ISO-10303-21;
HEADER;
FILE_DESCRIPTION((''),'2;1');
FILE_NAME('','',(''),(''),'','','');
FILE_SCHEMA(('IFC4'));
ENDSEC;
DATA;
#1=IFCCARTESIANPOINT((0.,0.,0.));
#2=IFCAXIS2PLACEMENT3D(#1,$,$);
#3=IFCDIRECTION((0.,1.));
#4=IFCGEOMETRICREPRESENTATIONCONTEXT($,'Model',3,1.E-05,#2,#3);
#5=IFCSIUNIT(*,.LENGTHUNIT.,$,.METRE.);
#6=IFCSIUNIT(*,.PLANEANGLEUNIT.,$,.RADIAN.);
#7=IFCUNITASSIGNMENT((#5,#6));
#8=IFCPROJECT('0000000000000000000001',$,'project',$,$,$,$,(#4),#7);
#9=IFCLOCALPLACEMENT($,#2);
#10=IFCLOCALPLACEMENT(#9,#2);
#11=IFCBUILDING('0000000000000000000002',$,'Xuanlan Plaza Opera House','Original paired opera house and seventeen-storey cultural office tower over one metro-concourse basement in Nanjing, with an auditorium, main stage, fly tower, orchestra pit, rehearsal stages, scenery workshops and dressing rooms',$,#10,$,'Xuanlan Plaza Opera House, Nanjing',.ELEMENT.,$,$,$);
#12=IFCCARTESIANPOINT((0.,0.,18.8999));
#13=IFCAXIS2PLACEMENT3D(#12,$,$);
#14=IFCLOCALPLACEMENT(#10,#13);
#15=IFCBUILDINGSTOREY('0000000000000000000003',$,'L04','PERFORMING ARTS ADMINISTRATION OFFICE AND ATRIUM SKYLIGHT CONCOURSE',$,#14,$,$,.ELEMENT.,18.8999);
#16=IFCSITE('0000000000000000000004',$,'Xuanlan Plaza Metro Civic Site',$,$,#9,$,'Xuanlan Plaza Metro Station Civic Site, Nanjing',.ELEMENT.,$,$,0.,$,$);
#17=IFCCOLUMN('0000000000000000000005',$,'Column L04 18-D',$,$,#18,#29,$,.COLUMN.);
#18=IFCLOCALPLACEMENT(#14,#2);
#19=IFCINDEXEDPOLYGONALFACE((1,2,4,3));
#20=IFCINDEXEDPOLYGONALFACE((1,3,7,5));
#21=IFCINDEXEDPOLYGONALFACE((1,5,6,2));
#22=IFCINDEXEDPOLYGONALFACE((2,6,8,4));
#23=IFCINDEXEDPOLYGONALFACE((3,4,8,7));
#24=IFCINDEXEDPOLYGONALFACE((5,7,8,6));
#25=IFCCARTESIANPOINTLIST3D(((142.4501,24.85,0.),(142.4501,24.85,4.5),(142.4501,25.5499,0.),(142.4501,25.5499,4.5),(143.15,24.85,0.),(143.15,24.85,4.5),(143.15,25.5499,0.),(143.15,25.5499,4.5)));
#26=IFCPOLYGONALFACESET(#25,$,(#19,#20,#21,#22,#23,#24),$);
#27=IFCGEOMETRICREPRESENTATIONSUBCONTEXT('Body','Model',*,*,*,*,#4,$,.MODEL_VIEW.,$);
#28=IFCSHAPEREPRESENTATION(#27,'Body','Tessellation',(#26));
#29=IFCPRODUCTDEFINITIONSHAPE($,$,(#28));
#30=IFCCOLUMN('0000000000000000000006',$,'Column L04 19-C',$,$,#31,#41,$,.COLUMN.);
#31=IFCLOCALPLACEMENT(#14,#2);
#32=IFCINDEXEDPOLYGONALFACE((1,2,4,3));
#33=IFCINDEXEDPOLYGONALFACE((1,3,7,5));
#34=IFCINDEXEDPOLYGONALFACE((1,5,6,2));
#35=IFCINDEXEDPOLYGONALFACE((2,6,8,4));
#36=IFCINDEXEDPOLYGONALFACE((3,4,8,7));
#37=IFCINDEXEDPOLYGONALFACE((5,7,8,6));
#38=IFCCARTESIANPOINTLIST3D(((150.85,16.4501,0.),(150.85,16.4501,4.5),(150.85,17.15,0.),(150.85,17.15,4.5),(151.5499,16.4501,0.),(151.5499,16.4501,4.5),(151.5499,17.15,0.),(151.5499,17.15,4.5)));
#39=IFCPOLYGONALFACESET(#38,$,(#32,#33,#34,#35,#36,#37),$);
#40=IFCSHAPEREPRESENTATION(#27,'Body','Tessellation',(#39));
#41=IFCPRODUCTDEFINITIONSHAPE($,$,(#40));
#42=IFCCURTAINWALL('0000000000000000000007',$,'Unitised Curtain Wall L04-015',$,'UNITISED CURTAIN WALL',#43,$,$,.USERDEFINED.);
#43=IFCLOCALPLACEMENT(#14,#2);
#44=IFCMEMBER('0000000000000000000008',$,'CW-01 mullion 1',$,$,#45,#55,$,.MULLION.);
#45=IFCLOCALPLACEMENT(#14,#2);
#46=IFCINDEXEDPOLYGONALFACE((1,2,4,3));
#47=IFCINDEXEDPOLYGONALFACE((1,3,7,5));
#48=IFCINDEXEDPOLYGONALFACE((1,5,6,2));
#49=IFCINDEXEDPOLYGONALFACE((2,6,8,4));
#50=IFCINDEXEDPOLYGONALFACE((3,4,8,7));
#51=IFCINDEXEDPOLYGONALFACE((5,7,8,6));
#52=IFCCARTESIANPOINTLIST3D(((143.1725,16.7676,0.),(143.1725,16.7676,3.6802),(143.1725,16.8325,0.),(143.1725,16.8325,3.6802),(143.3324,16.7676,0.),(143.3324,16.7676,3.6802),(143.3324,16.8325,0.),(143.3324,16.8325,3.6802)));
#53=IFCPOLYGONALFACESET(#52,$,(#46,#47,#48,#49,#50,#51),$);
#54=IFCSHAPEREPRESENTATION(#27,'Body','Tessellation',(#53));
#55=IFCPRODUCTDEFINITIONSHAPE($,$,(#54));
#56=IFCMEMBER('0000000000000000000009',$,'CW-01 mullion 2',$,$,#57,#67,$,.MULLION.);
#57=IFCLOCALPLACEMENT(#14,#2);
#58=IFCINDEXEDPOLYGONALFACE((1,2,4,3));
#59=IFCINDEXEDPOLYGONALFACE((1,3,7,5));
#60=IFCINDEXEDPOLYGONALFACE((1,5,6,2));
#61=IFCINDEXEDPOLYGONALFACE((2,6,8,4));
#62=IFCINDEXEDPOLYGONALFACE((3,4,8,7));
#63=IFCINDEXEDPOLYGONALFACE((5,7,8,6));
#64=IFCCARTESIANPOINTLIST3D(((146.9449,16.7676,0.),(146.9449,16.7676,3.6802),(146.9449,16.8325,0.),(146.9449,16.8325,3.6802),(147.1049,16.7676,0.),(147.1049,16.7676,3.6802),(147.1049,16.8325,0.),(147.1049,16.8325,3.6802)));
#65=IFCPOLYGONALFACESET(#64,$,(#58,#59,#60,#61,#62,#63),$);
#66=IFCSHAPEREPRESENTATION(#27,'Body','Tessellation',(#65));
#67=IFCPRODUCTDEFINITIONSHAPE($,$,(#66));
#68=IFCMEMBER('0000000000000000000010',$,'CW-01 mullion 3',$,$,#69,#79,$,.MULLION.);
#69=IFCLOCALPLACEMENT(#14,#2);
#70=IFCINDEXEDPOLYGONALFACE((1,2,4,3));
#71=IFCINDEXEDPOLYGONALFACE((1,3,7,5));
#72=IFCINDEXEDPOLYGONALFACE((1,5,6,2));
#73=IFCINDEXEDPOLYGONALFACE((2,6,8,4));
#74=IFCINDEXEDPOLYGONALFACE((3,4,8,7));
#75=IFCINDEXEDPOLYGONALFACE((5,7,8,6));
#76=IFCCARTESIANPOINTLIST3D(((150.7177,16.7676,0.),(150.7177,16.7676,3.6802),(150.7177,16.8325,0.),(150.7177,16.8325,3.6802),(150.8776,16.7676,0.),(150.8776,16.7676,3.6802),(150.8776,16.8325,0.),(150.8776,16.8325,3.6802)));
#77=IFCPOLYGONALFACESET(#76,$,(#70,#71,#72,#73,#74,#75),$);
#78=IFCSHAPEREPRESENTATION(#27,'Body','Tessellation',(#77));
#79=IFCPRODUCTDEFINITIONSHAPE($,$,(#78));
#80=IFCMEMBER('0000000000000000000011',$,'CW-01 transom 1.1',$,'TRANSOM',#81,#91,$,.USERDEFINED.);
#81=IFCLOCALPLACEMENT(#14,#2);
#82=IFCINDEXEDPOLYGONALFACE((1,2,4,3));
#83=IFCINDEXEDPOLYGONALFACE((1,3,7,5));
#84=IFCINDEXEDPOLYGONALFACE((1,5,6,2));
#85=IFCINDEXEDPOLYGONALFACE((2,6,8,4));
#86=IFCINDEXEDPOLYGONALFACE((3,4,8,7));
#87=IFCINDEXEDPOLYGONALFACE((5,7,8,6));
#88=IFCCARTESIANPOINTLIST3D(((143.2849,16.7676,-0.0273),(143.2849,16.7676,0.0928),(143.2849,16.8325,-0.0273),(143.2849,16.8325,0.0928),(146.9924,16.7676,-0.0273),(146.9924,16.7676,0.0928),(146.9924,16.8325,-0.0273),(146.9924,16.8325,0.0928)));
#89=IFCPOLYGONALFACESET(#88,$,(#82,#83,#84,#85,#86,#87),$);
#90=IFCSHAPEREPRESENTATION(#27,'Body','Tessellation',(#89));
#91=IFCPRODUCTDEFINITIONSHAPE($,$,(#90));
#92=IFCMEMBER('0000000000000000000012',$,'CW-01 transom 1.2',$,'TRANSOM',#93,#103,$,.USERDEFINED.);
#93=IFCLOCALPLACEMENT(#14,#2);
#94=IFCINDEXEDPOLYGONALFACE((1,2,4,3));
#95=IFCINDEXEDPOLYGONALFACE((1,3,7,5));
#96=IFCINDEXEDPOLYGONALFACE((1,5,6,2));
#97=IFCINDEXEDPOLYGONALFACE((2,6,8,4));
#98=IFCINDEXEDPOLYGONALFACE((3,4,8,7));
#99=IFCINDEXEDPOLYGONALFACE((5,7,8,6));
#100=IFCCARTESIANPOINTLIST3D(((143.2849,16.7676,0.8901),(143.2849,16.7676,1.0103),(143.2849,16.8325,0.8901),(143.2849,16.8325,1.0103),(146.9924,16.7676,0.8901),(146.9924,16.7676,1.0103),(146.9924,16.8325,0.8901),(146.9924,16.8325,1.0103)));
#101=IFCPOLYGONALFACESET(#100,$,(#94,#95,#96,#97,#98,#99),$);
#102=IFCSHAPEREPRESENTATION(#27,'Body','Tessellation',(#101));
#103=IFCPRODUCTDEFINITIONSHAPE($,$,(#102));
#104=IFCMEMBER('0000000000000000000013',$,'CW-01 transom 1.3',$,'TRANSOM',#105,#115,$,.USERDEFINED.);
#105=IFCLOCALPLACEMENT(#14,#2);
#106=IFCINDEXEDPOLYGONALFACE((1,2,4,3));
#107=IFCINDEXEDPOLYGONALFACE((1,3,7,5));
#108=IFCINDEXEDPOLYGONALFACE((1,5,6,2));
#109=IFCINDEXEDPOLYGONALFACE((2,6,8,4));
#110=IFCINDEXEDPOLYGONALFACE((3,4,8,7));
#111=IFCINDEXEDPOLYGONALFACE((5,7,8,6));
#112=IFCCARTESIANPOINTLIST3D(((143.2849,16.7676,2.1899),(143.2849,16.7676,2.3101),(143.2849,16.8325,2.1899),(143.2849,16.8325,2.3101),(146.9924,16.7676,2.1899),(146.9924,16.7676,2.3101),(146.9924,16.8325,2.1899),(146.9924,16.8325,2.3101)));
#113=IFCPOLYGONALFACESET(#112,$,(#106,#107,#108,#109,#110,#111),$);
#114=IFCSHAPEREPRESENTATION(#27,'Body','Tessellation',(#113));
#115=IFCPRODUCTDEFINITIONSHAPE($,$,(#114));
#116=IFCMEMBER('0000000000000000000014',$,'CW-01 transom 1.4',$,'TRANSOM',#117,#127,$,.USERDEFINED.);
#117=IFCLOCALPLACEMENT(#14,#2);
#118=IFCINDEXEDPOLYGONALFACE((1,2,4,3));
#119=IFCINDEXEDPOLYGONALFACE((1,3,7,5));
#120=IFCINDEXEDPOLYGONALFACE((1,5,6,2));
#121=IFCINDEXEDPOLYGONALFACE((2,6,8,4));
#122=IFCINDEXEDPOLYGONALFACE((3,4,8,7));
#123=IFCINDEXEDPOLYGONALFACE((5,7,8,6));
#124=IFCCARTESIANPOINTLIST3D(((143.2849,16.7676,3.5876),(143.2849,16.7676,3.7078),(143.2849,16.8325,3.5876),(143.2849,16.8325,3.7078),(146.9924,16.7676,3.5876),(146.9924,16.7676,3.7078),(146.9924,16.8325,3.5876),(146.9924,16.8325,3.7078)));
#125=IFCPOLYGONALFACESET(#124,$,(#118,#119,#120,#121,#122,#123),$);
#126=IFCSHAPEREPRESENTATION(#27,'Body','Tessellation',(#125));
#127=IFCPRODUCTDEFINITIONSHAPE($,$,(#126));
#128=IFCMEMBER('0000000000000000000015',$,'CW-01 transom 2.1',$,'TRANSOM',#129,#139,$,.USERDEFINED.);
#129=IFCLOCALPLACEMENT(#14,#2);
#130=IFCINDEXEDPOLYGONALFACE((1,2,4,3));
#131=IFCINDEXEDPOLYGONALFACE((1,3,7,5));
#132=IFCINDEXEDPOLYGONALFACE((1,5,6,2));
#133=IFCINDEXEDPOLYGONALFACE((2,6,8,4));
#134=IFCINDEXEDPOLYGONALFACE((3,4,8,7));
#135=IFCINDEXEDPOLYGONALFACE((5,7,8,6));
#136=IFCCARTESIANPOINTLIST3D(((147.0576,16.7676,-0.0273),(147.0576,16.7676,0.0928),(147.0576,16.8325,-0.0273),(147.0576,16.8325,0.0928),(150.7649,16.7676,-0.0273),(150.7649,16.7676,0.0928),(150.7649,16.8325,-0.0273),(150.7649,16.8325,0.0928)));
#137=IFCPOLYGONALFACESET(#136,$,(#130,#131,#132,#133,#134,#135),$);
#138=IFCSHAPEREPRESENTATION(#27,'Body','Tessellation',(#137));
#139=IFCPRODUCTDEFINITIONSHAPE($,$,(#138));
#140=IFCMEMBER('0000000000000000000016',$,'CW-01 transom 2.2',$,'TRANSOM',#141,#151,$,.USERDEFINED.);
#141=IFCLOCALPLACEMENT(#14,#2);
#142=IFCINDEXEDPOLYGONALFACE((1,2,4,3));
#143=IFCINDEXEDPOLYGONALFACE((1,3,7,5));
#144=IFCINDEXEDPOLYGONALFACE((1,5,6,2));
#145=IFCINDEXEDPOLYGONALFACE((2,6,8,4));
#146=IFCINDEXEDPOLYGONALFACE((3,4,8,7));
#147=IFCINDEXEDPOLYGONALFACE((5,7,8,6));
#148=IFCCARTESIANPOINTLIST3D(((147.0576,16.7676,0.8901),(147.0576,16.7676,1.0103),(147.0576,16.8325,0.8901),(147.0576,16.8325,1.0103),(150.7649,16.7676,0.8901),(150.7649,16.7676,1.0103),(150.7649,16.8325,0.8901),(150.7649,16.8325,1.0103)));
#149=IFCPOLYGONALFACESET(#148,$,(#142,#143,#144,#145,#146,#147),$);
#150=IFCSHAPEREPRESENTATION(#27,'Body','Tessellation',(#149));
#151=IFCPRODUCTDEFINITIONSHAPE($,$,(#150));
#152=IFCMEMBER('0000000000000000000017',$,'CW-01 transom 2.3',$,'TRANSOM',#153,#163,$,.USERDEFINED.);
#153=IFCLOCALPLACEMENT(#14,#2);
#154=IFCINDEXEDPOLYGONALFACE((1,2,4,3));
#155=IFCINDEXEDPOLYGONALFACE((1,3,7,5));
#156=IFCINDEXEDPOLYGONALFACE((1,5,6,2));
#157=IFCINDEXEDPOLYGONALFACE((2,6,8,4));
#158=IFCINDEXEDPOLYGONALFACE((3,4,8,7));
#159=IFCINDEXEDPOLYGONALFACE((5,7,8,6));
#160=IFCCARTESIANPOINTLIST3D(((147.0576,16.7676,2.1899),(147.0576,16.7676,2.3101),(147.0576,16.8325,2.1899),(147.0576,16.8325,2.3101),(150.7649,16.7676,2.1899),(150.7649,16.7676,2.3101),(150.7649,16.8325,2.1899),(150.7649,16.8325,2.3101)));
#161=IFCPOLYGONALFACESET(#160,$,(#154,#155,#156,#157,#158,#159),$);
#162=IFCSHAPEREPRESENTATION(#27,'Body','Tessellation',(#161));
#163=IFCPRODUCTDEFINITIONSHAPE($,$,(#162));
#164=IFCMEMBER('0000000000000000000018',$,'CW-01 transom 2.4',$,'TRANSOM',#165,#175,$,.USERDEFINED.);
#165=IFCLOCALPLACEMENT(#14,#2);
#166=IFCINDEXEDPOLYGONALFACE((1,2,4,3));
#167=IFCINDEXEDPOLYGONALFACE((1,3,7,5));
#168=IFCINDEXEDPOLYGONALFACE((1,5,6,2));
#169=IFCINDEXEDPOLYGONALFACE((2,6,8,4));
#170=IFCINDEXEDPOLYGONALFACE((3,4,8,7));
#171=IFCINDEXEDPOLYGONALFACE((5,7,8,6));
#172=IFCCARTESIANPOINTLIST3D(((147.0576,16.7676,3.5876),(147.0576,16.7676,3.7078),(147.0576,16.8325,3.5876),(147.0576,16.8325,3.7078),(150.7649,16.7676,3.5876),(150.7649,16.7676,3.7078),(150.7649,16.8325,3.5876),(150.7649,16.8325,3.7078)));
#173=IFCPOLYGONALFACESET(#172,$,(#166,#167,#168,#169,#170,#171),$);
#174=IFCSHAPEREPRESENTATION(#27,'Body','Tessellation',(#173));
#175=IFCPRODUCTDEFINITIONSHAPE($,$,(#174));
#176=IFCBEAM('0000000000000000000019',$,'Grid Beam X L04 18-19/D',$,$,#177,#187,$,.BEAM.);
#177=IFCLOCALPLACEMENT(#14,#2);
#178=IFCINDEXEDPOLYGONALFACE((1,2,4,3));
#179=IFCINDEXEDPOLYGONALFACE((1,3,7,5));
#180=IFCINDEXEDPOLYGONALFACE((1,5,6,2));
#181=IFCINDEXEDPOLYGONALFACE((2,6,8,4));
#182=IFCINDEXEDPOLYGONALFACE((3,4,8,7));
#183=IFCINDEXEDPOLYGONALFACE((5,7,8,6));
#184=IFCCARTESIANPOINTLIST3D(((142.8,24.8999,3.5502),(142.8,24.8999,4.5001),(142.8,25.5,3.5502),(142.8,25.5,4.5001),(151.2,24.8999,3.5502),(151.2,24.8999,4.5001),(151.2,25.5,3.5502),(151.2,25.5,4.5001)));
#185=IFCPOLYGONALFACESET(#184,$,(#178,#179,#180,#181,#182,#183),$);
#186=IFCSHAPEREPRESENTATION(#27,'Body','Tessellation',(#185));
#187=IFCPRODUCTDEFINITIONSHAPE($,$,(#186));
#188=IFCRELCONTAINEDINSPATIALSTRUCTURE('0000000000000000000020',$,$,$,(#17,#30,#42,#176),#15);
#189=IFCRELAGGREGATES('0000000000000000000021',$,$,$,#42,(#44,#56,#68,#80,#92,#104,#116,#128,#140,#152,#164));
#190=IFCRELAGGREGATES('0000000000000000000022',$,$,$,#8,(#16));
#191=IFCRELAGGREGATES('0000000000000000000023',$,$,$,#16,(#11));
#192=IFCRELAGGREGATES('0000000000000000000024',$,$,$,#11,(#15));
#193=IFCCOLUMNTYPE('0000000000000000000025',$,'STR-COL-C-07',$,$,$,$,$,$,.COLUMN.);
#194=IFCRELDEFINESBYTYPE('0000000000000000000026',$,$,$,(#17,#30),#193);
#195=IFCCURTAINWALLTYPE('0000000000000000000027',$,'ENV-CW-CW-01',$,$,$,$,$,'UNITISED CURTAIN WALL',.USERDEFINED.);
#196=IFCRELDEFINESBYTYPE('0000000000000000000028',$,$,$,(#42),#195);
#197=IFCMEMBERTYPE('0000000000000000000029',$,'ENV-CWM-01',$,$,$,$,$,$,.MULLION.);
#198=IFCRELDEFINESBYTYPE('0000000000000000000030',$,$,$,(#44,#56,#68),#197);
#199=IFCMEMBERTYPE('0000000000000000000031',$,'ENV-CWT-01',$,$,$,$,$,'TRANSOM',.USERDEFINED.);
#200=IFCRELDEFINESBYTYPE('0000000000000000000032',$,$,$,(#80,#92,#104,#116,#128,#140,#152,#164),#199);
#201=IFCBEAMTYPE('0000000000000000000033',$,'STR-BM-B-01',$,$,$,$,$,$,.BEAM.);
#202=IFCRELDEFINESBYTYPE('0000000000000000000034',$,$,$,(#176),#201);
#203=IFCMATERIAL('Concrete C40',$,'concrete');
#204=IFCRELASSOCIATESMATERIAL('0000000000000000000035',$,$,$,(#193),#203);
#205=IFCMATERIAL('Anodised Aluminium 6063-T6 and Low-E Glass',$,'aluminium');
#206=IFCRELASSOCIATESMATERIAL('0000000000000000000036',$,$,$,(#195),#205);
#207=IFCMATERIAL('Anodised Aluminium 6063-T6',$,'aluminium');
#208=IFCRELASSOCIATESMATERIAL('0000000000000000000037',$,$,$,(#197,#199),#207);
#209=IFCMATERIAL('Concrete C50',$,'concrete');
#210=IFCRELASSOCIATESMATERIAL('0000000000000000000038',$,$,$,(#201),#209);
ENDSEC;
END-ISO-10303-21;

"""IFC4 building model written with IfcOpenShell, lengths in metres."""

from ifc_helpers import new_model, si_unit, direction, frame, origin, origin_2d, place, context, subcontext, project, spatial, rectangle, extrude, material, material_profile, profile_set, type_object, element, aggregate, save


model = new_model("IFC4")

# Units and contexts
model_context = context("Model", 3, precision=1e-05, world=origin(), true_north=direction((0.0, 1.0)))
body_context = subcontext(model_context, "Body", "Model", "MODEL_VIEW")
ifc_project = project(units=[si_unit("LENGTHUNIT", "METRE"), si_unit("PLANEANGLEUNIT", "RADIAN")], contexts=[model_context])

# Site, building, storey
site_placement = place(None, origin())
site = spatial("IfcSite", under=ifc_project, at=site_placement, Name="Xuanlan Plaza Metro Civic Site", LongName="Xuanlan Plaza Metro Station Civic Site, Nanjing", CompositionType="ELEMENT", RefElevation=0.0)
building_placement = place(site_placement, origin())
building = spatial("IfcBuilding", under=site, at=building_placement, Name="Xuanlan Plaza Opera House", Description="Original paired opera house and seventeen-storey cultural office tower over one metro-concourse basement in Nanjing, with an auditorium, main stage, fly tower, orchestra pit, rehearsal stages, scenery workshops and dressing rooms", LongName="Xuanlan Plaza Opera House, Nanjing", CompositionType="ELEMENT")
storey_placement = place(building_placement, frame((0.0, 0.0, 18.8999)))
storey = spatial("IfcBuildingStorey", under=building, at=storey_placement, Name="L04", Description="PERFORMING ARTS ADMINISTRATION OFFICE AND ATRIUM SKYLIGHT CONCOURSE", CompositionType="ELEMENT", Elevation=18.8999)

# Columns
ifc_material_1 = material(Name="Concrete C40", Category="concrete")
ifc_material_profile_1 = material_profile(ifc_material_1, rectangle(XDim=0.7, YDim=0.7, at=origin_2d()), Name="RC-COL 700x700")
ifc_profile_set_1 = profile_set([ifc_material_profile_1], Name="Concrete C40")
column_type = type_object("IfcColumnType", Name="STR-COL-C-07", PredefinedType="COLUMN", material=ifc_profile_set_1)
for number, where, z_axis, x_axis, name in (
    (1, (142.8, 25.2, 0.0), (0.0, 0.0, 1.0), (1.0, 0.0, 0.0), "Column L04 18-D"),
    (2, (151.2, 16.8, 0.0), (0.0, 0.0, 1.0), (1.0, 0.0, 0.0), "Column L04 19-C"),
):
    element("IfcColumn", number, at=place(storey_placement, frame(where, z_axis=z_axis, x_axis=x_axis)), inside=storey, type_object=column_type, Name=name, PredefinedType="COLUMN", context=body_context, shape_type="SweptSolid", body=[
        extrude(rectangle(XDim=0.7, YDim=0.7, at=origin_2d()), origin(), (0.0, 0.0, 1.0), 4.5),
    ])

# Curtain wall, members
ifc_material_2 = material(Name="Anodised Aluminium 6063-T6 and Low-E Glass", Category="aluminium")
curtain_wall_type = type_object("IfcCurtainWallType", Name="ENV-CW-CW-01", ElementType="UNITISED CURTAIN WALL", PredefinedType="USERDEFINED", material=ifc_material_2)
curtain_wall_placement = place(storey_placement, origin())
curtain_wall = element("IfcCurtainWall", 3, at=curtain_wall_placement, inside=storey, type_object=curtain_wall_type, Name="Unitised Curtain Wall L04-015", ObjectType="UNITISED CURTAIN WALL", PredefinedType="USERDEFINED")
ifc_material_3 = material(Name="Anodised Aluminium 6063-T6", Category="aluminium")
ifc_material_profile_2 = material_profile(ifc_material_3, rectangle(XDim=0.0649, YDim=0.1599, at=origin_2d()), Name="ALU-M 65x160")
ifc_profile_set_2 = profile_set([ifc_material_profile_2], Name="Anodised Aluminium 6063-T6")
member_type_1 = type_object("IfcMemberType", Name="ENV-CWM-01", PredefinedType="MULLION", material=ifc_profile_set_2)
member_1_placement = place(storey_placement, frame((143.2524, 16.8, 0.0), z_axis=(0.0, 0.0, 1.0), x_axis=(0.0, 1.0, 0.0)))
member_1 = element("IfcMember", 4, at=member_1_placement, type_object=member_type_1, Name="CW-01 mullion 1", PredefinedType="MULLION", context=body_context, shape_type="SweptSolid", body=[
    extrude(rectangle(XDim=0.0649, YDim=0.1599, at=origin_2d()), origin(), (0.0, 0.0, 1.0), 3.6802),
])
member_2_placement = place(storey_placement, frame((147.0249, 16.8, 0.0), z_axis=(0.0, 0.0, 1.0), x_axis=(0.0, 1.0, 0.0)))
member_2 = element("IfcMember", 5, at=member_2_placement, type_object=member_type_1, Name="CW-01 mullion 2", PredefinedType="MULLION", context=body_context, shape_type="SweptSolid", body=[
    extrude(rectangle(XDim=0.0649, YDim=0.1599, at=origin_2d()), origin(), (0.0, 0.0, 1.0), 3.6802),
])
member_3_placement = place(storey_placement, frame((150.7976, 16.8, 0.0), z_axis=(0.0, 0.0, 1.0), x_axis=(0.0, 1.0, 0.0)))
member_3 = element("IfcMember", 6, at=member_3_placement, type_object=member_type_1, Name="CW-01 mullion 3", PredefinedType="MULLION", context=body_context, shape_type="SweptSolid", body=[
    extrude(rectangle(XDim=0.0649, YDim=0.1599, at=origin_2d()), origin(), (0.0, 0.0, 1.0), 3.6802),
])
ifc_material_profile_3 = material_profile(ifc_material_3, rectangle(XDim=0.0649, YDim=0.1201, at=origin_2d()), Name="ALU-T 65x120")
ifc_profile_set_3 = profile_set([ifc_material_profile_3], Name="Anodised Aluminium 6063-T6")
member_type_2 = type_object("IfcMemberType", Name="ENV-CWT-01", ElementType="TRANSOM", PredefinedType="USERDEFINED", material=ifc_profile_set_3)
member_4_placement = place(storey_placement, frame((143.2849, 16.8, 0.0327), z_axis=(1.0, 0.0, 0.0), x_axis=(0.0, 1.0, 0.0)))
member_4 = element("IfcMember", 7, at=member_4_placement, type_object=member_type_2, Name="CW-01 transom 1.1", ObjectType="TRANSOM", PredefinedType="USERDEFINED", context=body_context, shape_type="SweptSolid", body=[
    extrude(rectangle(XDim=0.0649, YDim=0.1201, at=origin_2d()), origin(), (0.0, 0.0, 1.0), 3.7075),
])
member_5_placement = place(storey_placement, frame((143.2849, 16.8, 0.9502), z_axis=(1.0, 0.0, 0.0), x_axis=(0.0, 1.0, 0.0)))
member_5 = element("IfcMember", 8, at=member_5_placement, type_object=member_type_2, Name="CW-01 transom 1.2", ObjectType="TRANSOM", PredefinedType="USERDEFINED", context=body_context, shape_type="SweptSolid", body=[
    extrude(rectangle(XDim=0.0649, YDim=0.1201, at=origin_2d()), origin(), (0.0, 0.0, 1.0), 3.7075),
])
member_6_placement = place(storey_placement, frame((143.2849, 16.8, 2.25), z_axis=(1.0, 0.0, 0.0), x_axis=(0.0, 1.0, 0.0)))
member_6 = element("IfcMember", 9, at=member_6_placement, type_object=member_type_2, Name="CW-01 transom 1.3", ObjectType="TRANSOM", PredefinedType="USERDEFINED", context=body_context, shape_type="SweptSolid", body=[
    extrude(rectangle(XDim=0.0649, YDim=0.1201, at=origin_2d()), origin(), (0.0, 0.0, 1.0), 3.7075),
])
member_7_placement = place(storey_placement, frame((143.2849, 16.8, 3.6477), z_axis=(1.0, 0.0, 0.0), x_axis=(0.0, 1.0, 0.0)))
member_7 = element("IfcMember", 10, at=member_7_placement, type_object=member_type_2, Name="CW-01 transom 1.4", ObjectType="TRANSOM", PredefinedType="USERDEFINED", context=body_context, shape_type="SweptSolid", body=[
    extrude(rectangle(XDim=0.0649, YDim=0.1201, at=origin_2d()), origin(), (0.0, 0.0, 1.0), 3.7075),
])
member_8_placement = place(storey_placement, frame((147.0576, 16.8, 0.0327), z_axis=(1.0, 0.0, 0.0), x_axis=(0.0, 1.0, 0.0)))
member_8 = element("IfcMember", 11, at=member_8_placement, type_object=member_type_2, Name="CW-01 transom 2.1", ObjectType="TRANSOM", PredefinedType="USERDEFINED", context=body_context, shape_type="SweptSolid", body=[
    extrude(rectangle(XDim=0.0649, YDim=0.1201, at=origin_2d()), origin(), (0.0, 0.0, 1.0), 3.7073),
])
member_9_placement = place(storey_placement, frame((147.0576, 16.8, 0.9502), z_axis=(1.0, 0.0, 0.0), x_axis=(0.0, 1.0, 0.0)))
member_9 = element("IfcMember", 12, at=member_9_placement, type_object=member_type_2, Name="CW-01 transom 2.2", ObjectType="TRANSOM", PredefinedType="USERDEFINED", context=body_context, shape_type="SweptSolid", body=[
    extrude(rectangle(XDim=0.0649, YDim=0.1201, at=origin_2d()), origin(), (0.0, 0.0, 1.0), 3.7073),
])
member_10_placement = place(storey_placement, frame((147.0576, 16.8, 2.25), z_axis=(1.0, 0.0, 0.0), x_axis=(0.0, 1.0, 0.0)))
member_10 = element("IfcMember", 13, at=member_10_placement, type_object=member_type_2, Name="CW-01 transom 2.3", ObjectType="TRANSOM", PredefinedType="USERDEFINED", context=body_context, shape_type="SweptSolid", body=[
    extrude(rectangle(XDim=0.0649, YDim=0.1201, at=origin_2d()), origin(), (0.0, 0.0, 1.0), 3.7073),
])
member_11_placement = place(storey_placement, frame((147.0576, 16.8, 3.6477), z_axis=(1.0, 0.0, 0.0), x_axis=(0.0, 1.0, 0.0)))
member_11 = element("IfcMember", 14, at=member_11_placement, type_object=member_type_2, Name="CW-01 transom 2.4", ObjectType="TRANSOM", PredefinedType="USERDEFINED", context=body_context, shape_type="SweptSolid", body=[
    extrude(rectangle(XDim=0.0649, YDim=0.1201, at=origin_2d()), origin(), (0.0, 0.0, 1.0), 3.7073),
])

# Beam
ifc_material_4 = material(Name="Concrete C50", Category="concrete")
ifc_material_profile_4 = material_profile(ifc_material_4, rectangle(XDim=0.6001, YDim=0.95, at=origin_2d()), Name="RC-BM 600x950")
ifc_profile_set_4 = profile_set([ifc_material_profile_4], Name="Concrete C50")
beam_type_1 = type_object("IfcBeamType", Name="STR-BM-B-01", PredefinedType="BEAM", material=ifc_profile_set_4)
beam_1_placement = place(storey_placement, frame((142.8, 25.2, 4.0251), z_axis=(1.0, 0.0, 0.0), x_axis=(0.0, 1.0, 0.0)))
element("IfcBeam", 15, at=beam_1_placement, inside=storey, type_object=beam_type_1, Name="Grid Beam X L04 18-19/D", PredefinedType="BEAM", context=body_context, shape_type="SweptSolid", body=[
    extrude(rectangle(XDim=0.6001, YDim=0.95, at=origin_2d()), origin(), (0.0, 0.0, 1.0), 8.3999),
])

aggregate(curtain_wall, [member_1, member_2, member_3, member_4, member_5, member_6, member_7, member_8, member_9, member_10, member_11])

save(model, "model.ifc")
